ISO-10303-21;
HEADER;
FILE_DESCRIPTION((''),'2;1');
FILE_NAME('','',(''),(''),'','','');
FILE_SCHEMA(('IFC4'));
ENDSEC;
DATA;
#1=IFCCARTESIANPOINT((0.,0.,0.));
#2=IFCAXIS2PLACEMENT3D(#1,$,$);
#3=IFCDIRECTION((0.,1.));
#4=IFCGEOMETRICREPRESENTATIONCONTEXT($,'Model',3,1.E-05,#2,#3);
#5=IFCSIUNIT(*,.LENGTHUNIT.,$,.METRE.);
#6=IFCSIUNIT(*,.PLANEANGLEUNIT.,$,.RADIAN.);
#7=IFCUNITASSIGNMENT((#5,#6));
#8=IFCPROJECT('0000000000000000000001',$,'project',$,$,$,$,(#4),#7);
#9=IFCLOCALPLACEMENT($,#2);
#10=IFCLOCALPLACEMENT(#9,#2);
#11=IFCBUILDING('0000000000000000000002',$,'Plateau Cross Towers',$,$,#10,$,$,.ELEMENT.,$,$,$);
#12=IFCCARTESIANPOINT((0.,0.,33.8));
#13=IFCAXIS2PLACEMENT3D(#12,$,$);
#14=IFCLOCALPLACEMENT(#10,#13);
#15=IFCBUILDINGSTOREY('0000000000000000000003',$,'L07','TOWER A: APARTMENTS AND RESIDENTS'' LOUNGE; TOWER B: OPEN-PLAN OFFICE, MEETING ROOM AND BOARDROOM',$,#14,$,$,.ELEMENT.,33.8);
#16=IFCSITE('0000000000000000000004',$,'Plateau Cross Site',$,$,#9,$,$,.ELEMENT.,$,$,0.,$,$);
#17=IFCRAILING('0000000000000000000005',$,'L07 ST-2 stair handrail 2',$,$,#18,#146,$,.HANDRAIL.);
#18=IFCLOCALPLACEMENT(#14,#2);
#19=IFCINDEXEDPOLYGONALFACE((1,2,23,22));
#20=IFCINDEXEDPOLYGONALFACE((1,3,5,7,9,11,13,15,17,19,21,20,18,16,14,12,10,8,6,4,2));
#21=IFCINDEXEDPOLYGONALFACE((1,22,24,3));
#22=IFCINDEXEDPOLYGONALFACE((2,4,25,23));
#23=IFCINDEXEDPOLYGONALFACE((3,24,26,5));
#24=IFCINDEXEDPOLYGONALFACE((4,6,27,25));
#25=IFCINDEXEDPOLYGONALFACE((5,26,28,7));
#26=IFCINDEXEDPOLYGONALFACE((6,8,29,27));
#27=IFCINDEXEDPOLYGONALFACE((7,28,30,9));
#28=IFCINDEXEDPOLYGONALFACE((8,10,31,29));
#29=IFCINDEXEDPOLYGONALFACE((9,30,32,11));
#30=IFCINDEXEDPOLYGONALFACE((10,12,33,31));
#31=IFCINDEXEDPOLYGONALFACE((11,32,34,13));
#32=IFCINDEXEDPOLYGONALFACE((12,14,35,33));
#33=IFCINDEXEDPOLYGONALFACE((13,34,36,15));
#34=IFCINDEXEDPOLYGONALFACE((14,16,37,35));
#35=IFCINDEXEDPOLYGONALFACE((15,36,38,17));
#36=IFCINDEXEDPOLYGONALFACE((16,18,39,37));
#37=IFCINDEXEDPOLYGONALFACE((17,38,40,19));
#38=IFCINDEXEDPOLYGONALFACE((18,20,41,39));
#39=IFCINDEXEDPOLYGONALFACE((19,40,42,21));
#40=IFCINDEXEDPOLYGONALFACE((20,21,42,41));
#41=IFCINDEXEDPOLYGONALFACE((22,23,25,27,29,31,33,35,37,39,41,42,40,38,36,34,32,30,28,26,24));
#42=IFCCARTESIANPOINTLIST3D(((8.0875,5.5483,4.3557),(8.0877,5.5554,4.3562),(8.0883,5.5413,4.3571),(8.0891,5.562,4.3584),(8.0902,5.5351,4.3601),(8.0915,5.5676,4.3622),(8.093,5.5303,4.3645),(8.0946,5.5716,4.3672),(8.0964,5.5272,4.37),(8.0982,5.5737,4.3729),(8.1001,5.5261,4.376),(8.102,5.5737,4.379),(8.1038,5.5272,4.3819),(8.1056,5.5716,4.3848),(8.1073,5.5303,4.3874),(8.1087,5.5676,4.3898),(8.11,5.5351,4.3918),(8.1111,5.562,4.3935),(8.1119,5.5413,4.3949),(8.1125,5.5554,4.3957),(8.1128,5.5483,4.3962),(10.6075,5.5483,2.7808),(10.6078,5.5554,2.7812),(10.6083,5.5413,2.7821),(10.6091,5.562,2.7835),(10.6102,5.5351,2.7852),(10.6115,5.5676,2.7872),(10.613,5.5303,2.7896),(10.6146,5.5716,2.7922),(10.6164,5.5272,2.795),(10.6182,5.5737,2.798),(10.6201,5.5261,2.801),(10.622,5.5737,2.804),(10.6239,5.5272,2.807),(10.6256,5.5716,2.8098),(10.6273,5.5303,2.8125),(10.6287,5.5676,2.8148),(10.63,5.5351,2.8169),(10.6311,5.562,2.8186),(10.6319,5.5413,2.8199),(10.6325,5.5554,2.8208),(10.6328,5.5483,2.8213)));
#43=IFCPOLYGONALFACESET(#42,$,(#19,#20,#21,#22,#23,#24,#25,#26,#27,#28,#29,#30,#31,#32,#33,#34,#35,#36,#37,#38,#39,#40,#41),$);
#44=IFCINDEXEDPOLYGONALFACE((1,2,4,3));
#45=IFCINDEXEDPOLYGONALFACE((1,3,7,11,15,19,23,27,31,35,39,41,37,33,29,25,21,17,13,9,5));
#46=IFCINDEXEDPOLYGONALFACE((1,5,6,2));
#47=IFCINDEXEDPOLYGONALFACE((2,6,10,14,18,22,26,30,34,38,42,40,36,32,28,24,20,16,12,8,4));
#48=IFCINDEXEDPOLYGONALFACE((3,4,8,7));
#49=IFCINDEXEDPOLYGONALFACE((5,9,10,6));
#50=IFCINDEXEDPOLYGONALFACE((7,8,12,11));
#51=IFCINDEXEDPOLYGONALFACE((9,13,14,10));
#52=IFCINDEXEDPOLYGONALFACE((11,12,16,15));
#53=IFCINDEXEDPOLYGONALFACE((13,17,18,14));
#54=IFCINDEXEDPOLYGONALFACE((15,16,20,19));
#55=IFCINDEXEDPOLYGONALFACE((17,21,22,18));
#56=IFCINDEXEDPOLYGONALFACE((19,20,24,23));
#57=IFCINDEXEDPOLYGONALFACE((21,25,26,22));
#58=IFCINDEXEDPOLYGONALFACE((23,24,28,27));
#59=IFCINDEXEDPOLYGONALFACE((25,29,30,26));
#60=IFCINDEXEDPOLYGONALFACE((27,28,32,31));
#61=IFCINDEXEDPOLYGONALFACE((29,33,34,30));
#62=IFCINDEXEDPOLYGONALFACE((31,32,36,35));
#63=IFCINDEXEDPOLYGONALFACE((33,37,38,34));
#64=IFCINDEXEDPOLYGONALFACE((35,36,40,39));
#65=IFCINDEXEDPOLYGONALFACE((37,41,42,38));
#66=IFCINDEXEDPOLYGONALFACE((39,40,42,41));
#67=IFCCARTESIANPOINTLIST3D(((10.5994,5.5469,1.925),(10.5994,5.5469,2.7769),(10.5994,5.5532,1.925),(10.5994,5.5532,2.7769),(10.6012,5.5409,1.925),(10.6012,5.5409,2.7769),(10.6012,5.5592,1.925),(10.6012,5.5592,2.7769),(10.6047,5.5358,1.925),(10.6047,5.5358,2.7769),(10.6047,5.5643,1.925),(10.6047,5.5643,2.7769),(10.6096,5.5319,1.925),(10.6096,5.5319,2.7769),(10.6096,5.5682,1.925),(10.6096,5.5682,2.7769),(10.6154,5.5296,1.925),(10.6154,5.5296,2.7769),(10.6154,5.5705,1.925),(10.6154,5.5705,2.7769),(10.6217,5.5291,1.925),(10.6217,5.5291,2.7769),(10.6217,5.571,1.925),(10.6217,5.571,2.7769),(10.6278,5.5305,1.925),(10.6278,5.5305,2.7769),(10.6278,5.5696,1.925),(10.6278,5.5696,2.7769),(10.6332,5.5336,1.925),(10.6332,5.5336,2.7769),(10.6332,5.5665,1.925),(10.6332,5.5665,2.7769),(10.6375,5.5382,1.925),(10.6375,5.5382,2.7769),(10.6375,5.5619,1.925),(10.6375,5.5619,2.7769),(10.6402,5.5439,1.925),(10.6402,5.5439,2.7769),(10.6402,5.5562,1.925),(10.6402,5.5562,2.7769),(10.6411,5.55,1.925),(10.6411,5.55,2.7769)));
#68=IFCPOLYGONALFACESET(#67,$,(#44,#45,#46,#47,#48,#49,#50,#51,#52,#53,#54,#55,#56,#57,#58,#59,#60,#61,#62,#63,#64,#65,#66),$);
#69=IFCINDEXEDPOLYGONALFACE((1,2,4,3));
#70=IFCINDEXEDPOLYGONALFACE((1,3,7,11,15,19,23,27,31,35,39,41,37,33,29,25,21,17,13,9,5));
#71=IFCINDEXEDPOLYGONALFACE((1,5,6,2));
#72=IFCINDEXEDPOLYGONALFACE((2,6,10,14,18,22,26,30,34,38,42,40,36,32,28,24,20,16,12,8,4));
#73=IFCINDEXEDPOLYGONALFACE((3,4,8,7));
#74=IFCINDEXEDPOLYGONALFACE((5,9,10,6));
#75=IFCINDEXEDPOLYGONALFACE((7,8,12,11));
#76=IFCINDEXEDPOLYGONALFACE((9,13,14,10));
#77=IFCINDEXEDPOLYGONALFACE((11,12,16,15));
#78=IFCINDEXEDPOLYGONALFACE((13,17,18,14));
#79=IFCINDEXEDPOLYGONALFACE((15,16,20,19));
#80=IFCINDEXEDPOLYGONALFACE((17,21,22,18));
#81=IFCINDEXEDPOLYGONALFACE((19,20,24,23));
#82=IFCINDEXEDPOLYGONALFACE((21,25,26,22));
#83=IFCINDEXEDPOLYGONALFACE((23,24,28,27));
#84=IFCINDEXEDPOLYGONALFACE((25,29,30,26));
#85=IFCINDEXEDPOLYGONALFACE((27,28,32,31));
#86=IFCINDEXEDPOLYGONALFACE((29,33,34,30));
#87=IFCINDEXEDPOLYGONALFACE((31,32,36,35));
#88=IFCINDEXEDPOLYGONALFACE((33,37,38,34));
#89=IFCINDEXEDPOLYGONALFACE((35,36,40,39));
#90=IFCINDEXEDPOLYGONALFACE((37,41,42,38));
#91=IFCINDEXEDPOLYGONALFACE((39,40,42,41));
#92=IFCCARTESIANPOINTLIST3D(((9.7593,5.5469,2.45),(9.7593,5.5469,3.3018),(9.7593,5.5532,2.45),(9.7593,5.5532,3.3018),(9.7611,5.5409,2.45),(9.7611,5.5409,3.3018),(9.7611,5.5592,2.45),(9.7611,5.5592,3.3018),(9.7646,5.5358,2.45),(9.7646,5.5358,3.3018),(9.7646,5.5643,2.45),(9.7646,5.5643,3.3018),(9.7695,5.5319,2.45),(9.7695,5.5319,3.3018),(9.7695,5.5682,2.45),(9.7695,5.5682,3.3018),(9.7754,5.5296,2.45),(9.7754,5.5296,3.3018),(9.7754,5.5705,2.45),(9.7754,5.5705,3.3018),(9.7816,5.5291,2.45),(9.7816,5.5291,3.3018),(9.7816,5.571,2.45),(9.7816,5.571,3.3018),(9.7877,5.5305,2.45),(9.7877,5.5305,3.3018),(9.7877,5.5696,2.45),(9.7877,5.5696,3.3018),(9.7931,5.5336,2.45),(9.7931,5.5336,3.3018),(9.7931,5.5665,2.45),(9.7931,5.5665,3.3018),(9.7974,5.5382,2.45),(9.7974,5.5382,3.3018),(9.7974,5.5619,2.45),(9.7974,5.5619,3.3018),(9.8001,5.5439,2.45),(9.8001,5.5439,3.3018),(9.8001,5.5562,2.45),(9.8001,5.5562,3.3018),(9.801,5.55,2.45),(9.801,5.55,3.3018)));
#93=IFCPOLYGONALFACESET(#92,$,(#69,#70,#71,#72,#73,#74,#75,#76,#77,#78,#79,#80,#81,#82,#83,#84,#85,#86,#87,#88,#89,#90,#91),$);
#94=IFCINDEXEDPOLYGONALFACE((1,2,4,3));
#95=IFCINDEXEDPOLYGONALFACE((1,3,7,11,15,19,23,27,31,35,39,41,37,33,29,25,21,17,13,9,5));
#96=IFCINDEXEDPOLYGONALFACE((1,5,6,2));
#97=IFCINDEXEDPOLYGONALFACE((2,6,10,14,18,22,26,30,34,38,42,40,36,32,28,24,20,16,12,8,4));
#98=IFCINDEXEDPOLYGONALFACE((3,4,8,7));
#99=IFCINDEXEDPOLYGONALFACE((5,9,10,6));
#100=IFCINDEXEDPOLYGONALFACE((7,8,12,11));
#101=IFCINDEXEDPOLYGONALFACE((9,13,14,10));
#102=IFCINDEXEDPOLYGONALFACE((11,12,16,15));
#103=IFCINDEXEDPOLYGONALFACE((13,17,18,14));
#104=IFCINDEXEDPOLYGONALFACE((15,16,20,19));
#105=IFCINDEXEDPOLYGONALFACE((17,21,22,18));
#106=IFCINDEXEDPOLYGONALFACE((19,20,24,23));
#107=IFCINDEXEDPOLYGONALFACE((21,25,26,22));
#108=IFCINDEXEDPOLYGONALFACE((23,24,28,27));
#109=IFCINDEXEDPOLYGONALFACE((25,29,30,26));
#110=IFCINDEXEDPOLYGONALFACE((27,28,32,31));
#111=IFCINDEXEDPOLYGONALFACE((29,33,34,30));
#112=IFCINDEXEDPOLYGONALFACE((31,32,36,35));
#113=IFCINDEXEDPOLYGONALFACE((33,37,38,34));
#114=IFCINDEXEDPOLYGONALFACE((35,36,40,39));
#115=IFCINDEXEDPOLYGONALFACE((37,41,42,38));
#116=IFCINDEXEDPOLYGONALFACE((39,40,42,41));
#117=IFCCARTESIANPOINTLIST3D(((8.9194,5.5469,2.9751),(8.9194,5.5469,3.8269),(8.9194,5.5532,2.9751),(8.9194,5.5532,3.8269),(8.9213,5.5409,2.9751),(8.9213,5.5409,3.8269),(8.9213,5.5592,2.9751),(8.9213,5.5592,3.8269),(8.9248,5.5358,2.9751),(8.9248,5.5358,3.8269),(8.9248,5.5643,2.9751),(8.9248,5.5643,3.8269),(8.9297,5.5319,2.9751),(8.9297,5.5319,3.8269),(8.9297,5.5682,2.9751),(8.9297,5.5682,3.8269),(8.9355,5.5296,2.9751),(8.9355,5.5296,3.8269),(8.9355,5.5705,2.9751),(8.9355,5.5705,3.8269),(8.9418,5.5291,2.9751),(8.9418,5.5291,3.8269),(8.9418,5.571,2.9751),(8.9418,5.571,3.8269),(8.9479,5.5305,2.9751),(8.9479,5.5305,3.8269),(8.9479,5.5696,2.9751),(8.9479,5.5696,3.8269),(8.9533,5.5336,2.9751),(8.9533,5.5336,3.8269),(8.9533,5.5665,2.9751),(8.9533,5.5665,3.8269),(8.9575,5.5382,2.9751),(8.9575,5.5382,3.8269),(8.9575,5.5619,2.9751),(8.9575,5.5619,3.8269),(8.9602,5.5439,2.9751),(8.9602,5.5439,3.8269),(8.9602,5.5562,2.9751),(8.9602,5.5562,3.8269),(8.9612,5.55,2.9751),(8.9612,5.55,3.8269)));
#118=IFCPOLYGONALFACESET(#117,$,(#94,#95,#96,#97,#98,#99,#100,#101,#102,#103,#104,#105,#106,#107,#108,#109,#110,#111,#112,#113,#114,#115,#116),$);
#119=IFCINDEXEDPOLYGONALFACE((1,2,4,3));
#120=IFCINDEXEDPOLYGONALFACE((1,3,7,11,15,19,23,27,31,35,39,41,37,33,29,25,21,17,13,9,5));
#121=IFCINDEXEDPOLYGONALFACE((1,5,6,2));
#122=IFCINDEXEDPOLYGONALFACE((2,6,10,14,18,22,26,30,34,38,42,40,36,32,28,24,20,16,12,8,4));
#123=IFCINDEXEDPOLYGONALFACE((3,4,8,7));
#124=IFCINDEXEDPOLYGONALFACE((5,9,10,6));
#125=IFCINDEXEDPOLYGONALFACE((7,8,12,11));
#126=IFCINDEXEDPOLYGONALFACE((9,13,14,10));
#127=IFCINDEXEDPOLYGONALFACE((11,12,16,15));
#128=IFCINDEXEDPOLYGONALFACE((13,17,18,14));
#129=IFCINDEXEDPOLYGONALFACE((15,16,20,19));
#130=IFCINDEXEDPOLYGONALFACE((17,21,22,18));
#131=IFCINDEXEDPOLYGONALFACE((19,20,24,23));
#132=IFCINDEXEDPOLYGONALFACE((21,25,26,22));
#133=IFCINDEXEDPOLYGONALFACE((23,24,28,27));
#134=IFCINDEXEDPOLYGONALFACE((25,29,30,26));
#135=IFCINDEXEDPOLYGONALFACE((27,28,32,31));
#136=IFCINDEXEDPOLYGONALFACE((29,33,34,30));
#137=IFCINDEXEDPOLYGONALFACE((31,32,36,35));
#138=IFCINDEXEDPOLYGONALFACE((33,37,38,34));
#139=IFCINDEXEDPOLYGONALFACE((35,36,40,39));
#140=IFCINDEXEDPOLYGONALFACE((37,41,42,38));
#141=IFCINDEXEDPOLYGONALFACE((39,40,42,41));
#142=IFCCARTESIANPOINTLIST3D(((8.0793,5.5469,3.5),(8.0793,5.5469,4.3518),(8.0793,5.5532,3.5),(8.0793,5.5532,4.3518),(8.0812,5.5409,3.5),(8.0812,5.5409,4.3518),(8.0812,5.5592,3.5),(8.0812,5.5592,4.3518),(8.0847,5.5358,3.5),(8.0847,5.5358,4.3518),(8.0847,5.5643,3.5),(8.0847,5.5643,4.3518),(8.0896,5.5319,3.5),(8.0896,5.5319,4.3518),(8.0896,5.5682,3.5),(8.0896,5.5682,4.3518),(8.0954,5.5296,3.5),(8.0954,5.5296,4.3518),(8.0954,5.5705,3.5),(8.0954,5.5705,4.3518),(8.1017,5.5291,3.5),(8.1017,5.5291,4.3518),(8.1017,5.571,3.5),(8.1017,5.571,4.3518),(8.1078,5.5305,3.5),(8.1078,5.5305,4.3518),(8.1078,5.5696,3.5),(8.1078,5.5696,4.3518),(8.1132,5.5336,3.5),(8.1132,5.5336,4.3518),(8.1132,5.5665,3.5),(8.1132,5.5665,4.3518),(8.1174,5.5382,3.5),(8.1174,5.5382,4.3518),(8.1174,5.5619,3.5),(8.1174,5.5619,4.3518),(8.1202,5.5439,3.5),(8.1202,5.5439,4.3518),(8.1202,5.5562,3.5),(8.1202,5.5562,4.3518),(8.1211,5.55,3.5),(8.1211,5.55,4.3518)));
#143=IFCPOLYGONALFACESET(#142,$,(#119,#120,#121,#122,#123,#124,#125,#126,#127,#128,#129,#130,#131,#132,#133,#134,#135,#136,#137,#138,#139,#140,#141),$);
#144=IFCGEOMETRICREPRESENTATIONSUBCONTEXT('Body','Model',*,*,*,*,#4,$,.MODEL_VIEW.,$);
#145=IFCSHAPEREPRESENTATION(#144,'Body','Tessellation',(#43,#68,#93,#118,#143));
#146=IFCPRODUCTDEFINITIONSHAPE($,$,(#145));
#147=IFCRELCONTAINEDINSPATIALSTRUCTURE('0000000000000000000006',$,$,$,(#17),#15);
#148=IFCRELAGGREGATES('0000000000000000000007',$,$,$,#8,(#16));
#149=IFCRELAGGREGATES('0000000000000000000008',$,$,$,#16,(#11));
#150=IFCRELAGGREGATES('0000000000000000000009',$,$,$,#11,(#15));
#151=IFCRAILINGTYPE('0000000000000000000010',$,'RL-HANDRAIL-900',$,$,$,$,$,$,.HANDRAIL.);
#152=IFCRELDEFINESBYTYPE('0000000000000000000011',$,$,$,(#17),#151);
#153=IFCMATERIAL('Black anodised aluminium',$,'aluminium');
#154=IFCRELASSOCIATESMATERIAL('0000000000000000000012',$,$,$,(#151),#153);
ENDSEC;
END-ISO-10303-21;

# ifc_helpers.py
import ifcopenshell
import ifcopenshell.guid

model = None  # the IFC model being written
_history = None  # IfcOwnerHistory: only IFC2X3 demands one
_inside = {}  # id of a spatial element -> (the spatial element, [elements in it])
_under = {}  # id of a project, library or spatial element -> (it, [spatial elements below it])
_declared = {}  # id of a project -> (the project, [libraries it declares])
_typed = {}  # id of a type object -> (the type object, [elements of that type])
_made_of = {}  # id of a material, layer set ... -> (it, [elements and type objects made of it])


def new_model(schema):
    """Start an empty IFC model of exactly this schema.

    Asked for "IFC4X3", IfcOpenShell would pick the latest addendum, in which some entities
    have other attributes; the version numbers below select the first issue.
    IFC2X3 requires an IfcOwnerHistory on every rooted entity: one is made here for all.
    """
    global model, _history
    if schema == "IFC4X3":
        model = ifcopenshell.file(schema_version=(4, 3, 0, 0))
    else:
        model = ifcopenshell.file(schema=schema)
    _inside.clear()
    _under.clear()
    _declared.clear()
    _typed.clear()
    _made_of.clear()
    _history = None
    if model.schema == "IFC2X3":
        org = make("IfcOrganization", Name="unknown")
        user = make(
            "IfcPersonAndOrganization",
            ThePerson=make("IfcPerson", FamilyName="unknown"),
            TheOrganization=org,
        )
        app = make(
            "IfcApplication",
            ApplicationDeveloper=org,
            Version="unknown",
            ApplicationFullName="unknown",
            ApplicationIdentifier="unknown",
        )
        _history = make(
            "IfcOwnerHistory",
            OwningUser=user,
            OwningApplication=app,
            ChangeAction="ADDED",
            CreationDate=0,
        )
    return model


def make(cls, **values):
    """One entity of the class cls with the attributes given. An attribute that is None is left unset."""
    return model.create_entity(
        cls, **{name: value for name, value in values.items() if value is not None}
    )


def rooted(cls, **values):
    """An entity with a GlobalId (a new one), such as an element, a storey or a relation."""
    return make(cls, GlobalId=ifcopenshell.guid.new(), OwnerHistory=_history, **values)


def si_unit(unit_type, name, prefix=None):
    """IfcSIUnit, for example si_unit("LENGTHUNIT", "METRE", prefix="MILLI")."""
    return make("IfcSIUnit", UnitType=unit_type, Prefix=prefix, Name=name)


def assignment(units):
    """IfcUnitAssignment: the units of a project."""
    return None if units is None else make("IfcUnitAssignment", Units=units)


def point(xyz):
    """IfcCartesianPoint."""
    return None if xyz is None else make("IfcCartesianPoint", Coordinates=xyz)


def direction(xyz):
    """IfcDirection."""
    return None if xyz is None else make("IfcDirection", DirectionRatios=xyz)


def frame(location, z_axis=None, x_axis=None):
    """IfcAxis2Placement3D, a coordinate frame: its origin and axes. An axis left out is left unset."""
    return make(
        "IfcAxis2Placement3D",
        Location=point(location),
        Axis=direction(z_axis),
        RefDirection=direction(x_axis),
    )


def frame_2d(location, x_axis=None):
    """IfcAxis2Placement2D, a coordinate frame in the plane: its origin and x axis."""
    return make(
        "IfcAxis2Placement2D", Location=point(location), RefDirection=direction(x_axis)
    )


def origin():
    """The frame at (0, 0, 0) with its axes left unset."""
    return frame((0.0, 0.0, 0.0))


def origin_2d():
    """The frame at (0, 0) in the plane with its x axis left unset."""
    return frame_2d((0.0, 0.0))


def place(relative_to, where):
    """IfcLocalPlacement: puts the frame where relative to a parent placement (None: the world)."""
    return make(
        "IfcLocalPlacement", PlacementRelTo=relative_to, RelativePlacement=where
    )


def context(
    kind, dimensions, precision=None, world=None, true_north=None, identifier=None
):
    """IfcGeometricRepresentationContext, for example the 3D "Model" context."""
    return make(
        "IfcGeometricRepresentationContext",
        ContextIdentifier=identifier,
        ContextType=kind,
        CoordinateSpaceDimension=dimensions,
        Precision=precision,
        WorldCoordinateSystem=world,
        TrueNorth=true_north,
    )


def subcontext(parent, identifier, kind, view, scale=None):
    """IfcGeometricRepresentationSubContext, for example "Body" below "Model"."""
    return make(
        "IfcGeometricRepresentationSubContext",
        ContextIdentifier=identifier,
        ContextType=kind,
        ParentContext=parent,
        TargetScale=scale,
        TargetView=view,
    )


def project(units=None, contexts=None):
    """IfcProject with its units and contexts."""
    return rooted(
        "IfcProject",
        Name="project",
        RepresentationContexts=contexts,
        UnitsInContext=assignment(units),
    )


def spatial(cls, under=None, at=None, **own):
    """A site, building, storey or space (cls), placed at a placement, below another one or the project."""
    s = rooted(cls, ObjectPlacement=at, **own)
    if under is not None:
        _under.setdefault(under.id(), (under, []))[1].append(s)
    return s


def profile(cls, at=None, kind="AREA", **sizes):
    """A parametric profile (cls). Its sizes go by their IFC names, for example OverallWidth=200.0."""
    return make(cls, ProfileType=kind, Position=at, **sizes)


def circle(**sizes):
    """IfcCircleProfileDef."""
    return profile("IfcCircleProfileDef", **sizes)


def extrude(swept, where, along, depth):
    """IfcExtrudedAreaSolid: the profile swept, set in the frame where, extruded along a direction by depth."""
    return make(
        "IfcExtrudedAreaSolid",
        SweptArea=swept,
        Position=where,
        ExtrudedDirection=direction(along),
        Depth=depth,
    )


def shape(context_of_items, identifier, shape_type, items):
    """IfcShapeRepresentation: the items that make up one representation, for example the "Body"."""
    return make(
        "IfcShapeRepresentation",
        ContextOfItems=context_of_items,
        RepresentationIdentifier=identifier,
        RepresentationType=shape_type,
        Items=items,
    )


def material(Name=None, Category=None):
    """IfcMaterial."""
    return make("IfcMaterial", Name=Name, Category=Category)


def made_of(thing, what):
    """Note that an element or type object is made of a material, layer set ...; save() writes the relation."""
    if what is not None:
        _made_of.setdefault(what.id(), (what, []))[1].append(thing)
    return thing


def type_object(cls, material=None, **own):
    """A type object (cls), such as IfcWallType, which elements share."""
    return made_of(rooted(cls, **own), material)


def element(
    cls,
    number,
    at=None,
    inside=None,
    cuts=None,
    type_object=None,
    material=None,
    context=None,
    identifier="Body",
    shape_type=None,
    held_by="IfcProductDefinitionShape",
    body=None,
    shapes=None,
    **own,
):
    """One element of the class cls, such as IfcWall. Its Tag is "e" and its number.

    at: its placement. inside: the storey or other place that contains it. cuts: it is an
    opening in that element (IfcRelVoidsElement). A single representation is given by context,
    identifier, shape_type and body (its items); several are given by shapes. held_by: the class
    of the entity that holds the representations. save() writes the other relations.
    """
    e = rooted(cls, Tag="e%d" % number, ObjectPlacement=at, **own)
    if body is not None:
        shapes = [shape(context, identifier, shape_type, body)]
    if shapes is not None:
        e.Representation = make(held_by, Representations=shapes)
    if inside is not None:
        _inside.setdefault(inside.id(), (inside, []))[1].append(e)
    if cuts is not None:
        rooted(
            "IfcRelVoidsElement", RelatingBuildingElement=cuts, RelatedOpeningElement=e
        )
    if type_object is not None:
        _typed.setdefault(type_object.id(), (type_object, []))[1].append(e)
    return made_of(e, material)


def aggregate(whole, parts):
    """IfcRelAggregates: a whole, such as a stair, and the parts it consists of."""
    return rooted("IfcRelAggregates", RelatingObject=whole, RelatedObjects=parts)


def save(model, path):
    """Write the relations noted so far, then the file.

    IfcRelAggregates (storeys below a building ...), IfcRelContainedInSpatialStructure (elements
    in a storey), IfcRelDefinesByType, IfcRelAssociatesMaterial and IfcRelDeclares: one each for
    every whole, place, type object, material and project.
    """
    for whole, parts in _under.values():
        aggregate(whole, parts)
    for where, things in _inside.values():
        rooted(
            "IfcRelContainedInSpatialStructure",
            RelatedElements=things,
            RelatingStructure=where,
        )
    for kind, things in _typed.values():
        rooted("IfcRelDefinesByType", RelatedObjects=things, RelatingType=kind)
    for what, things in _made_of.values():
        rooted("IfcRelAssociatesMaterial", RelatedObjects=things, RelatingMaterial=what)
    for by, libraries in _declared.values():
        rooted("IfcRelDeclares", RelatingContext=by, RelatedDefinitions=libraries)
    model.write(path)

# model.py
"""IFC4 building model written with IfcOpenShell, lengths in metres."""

from ifc_helpers import new_model, si_unit, direction, frame, origin, origin_2d, place, context, subcontext, project, spatial, circle, extrude, material, type_object, element, save


model = new_model("IFC4")

# Units and contexts
model_context = context("Model", 3, precision=1e-05, world=origin(), true_north=direction((0.0, 1.0)))
body_context = subcontext(model_context, "Body", "Model", "MODEL_VIEW")
ifc_project = project(units=[si_unit("LENGTHUNIT", "METRE"), si_unit("PLANEANGLEUNIT", "RADIAN")], contexts=[model_context])

# Site, building, storey
site_placement = place(None, origin())
site = spatial("IfcSite", under=ifc_project, at=site_placement, Name="Plateau Cross Site", CompositionType="ELEMENT", RefElevation=0.0)
building_placement = place(site_placement, origin())
building = spatial("IfcBuilding", under=site, at=building_placement, Name="Plateau Cross Towers", CompositionType="ELEMENT")
storey_placement = place(building_placement, frame((0.0, 0.0, 33.8)))
storey = spatial("IfcBuildingStorey", under=building, at=storey_placement, Name="L07", Description="TOWER A: APARTMENTS AND RESIDENTS' LOUNGE; TOWER B: OPEN-PLAN OFFICE, MEETING ROOM AND BOARDROOM", CompositionType="ELEMENT", Elevation=33.8)

# Railing
ifc_material_1 = material(Name="Black anodised aluminium", Category="aluminium")
railing_type_1 = type_object("IfcRailingType", Name="RL-HANDRAIL-900", PredefinedType="HANDRAIL", material=ifc_material_1)
railing_1_placement = place(storey_placement, frame((10.6201, 5.55, 1.925)))
element("IfcRailing", 1, at=railing_1_placement, inside=storey, type_object=railing_type_1, Name="L07 ST-2 stair handrail 2", PredefinedType="HANDRAIL", context=body_context, shape_type="SweptSolid", body=[
    extrude(circle(Radius=0.0239, at=origin_2d()), frame((0.0, 0.0, 0.876), z_axis=(-0.848008, 0.0, 0.529984), x_axis=(0.0, -1.0, 0.0)), (0.0, 0.0, 1.0), 2.9717),
    extrude(circle(Radius=0.021, at=origin_2d()), origin(), (0.0, 0.0, 1.0), 0.8518),
    extrude(circle(Radius=0.021, at=origin_2d()), frame((-0.8401, 0.0, 0.5249)), (0.0, 0.0, 1.0), 0.8518),
    extrude(circle(Radius=0.021, at=origin_2d()), frame((-1.6799, 0.0, 1.05)), (0.0, 0.0, 1.0), 0.8518),
    extrude(circle(Radius=0.021, at=origin_2d()), frame((-2.52, 0.0, 1.575)), (0.0, 0.0, 1.0), 0.8518),
])

save(model, "model.ifc")
